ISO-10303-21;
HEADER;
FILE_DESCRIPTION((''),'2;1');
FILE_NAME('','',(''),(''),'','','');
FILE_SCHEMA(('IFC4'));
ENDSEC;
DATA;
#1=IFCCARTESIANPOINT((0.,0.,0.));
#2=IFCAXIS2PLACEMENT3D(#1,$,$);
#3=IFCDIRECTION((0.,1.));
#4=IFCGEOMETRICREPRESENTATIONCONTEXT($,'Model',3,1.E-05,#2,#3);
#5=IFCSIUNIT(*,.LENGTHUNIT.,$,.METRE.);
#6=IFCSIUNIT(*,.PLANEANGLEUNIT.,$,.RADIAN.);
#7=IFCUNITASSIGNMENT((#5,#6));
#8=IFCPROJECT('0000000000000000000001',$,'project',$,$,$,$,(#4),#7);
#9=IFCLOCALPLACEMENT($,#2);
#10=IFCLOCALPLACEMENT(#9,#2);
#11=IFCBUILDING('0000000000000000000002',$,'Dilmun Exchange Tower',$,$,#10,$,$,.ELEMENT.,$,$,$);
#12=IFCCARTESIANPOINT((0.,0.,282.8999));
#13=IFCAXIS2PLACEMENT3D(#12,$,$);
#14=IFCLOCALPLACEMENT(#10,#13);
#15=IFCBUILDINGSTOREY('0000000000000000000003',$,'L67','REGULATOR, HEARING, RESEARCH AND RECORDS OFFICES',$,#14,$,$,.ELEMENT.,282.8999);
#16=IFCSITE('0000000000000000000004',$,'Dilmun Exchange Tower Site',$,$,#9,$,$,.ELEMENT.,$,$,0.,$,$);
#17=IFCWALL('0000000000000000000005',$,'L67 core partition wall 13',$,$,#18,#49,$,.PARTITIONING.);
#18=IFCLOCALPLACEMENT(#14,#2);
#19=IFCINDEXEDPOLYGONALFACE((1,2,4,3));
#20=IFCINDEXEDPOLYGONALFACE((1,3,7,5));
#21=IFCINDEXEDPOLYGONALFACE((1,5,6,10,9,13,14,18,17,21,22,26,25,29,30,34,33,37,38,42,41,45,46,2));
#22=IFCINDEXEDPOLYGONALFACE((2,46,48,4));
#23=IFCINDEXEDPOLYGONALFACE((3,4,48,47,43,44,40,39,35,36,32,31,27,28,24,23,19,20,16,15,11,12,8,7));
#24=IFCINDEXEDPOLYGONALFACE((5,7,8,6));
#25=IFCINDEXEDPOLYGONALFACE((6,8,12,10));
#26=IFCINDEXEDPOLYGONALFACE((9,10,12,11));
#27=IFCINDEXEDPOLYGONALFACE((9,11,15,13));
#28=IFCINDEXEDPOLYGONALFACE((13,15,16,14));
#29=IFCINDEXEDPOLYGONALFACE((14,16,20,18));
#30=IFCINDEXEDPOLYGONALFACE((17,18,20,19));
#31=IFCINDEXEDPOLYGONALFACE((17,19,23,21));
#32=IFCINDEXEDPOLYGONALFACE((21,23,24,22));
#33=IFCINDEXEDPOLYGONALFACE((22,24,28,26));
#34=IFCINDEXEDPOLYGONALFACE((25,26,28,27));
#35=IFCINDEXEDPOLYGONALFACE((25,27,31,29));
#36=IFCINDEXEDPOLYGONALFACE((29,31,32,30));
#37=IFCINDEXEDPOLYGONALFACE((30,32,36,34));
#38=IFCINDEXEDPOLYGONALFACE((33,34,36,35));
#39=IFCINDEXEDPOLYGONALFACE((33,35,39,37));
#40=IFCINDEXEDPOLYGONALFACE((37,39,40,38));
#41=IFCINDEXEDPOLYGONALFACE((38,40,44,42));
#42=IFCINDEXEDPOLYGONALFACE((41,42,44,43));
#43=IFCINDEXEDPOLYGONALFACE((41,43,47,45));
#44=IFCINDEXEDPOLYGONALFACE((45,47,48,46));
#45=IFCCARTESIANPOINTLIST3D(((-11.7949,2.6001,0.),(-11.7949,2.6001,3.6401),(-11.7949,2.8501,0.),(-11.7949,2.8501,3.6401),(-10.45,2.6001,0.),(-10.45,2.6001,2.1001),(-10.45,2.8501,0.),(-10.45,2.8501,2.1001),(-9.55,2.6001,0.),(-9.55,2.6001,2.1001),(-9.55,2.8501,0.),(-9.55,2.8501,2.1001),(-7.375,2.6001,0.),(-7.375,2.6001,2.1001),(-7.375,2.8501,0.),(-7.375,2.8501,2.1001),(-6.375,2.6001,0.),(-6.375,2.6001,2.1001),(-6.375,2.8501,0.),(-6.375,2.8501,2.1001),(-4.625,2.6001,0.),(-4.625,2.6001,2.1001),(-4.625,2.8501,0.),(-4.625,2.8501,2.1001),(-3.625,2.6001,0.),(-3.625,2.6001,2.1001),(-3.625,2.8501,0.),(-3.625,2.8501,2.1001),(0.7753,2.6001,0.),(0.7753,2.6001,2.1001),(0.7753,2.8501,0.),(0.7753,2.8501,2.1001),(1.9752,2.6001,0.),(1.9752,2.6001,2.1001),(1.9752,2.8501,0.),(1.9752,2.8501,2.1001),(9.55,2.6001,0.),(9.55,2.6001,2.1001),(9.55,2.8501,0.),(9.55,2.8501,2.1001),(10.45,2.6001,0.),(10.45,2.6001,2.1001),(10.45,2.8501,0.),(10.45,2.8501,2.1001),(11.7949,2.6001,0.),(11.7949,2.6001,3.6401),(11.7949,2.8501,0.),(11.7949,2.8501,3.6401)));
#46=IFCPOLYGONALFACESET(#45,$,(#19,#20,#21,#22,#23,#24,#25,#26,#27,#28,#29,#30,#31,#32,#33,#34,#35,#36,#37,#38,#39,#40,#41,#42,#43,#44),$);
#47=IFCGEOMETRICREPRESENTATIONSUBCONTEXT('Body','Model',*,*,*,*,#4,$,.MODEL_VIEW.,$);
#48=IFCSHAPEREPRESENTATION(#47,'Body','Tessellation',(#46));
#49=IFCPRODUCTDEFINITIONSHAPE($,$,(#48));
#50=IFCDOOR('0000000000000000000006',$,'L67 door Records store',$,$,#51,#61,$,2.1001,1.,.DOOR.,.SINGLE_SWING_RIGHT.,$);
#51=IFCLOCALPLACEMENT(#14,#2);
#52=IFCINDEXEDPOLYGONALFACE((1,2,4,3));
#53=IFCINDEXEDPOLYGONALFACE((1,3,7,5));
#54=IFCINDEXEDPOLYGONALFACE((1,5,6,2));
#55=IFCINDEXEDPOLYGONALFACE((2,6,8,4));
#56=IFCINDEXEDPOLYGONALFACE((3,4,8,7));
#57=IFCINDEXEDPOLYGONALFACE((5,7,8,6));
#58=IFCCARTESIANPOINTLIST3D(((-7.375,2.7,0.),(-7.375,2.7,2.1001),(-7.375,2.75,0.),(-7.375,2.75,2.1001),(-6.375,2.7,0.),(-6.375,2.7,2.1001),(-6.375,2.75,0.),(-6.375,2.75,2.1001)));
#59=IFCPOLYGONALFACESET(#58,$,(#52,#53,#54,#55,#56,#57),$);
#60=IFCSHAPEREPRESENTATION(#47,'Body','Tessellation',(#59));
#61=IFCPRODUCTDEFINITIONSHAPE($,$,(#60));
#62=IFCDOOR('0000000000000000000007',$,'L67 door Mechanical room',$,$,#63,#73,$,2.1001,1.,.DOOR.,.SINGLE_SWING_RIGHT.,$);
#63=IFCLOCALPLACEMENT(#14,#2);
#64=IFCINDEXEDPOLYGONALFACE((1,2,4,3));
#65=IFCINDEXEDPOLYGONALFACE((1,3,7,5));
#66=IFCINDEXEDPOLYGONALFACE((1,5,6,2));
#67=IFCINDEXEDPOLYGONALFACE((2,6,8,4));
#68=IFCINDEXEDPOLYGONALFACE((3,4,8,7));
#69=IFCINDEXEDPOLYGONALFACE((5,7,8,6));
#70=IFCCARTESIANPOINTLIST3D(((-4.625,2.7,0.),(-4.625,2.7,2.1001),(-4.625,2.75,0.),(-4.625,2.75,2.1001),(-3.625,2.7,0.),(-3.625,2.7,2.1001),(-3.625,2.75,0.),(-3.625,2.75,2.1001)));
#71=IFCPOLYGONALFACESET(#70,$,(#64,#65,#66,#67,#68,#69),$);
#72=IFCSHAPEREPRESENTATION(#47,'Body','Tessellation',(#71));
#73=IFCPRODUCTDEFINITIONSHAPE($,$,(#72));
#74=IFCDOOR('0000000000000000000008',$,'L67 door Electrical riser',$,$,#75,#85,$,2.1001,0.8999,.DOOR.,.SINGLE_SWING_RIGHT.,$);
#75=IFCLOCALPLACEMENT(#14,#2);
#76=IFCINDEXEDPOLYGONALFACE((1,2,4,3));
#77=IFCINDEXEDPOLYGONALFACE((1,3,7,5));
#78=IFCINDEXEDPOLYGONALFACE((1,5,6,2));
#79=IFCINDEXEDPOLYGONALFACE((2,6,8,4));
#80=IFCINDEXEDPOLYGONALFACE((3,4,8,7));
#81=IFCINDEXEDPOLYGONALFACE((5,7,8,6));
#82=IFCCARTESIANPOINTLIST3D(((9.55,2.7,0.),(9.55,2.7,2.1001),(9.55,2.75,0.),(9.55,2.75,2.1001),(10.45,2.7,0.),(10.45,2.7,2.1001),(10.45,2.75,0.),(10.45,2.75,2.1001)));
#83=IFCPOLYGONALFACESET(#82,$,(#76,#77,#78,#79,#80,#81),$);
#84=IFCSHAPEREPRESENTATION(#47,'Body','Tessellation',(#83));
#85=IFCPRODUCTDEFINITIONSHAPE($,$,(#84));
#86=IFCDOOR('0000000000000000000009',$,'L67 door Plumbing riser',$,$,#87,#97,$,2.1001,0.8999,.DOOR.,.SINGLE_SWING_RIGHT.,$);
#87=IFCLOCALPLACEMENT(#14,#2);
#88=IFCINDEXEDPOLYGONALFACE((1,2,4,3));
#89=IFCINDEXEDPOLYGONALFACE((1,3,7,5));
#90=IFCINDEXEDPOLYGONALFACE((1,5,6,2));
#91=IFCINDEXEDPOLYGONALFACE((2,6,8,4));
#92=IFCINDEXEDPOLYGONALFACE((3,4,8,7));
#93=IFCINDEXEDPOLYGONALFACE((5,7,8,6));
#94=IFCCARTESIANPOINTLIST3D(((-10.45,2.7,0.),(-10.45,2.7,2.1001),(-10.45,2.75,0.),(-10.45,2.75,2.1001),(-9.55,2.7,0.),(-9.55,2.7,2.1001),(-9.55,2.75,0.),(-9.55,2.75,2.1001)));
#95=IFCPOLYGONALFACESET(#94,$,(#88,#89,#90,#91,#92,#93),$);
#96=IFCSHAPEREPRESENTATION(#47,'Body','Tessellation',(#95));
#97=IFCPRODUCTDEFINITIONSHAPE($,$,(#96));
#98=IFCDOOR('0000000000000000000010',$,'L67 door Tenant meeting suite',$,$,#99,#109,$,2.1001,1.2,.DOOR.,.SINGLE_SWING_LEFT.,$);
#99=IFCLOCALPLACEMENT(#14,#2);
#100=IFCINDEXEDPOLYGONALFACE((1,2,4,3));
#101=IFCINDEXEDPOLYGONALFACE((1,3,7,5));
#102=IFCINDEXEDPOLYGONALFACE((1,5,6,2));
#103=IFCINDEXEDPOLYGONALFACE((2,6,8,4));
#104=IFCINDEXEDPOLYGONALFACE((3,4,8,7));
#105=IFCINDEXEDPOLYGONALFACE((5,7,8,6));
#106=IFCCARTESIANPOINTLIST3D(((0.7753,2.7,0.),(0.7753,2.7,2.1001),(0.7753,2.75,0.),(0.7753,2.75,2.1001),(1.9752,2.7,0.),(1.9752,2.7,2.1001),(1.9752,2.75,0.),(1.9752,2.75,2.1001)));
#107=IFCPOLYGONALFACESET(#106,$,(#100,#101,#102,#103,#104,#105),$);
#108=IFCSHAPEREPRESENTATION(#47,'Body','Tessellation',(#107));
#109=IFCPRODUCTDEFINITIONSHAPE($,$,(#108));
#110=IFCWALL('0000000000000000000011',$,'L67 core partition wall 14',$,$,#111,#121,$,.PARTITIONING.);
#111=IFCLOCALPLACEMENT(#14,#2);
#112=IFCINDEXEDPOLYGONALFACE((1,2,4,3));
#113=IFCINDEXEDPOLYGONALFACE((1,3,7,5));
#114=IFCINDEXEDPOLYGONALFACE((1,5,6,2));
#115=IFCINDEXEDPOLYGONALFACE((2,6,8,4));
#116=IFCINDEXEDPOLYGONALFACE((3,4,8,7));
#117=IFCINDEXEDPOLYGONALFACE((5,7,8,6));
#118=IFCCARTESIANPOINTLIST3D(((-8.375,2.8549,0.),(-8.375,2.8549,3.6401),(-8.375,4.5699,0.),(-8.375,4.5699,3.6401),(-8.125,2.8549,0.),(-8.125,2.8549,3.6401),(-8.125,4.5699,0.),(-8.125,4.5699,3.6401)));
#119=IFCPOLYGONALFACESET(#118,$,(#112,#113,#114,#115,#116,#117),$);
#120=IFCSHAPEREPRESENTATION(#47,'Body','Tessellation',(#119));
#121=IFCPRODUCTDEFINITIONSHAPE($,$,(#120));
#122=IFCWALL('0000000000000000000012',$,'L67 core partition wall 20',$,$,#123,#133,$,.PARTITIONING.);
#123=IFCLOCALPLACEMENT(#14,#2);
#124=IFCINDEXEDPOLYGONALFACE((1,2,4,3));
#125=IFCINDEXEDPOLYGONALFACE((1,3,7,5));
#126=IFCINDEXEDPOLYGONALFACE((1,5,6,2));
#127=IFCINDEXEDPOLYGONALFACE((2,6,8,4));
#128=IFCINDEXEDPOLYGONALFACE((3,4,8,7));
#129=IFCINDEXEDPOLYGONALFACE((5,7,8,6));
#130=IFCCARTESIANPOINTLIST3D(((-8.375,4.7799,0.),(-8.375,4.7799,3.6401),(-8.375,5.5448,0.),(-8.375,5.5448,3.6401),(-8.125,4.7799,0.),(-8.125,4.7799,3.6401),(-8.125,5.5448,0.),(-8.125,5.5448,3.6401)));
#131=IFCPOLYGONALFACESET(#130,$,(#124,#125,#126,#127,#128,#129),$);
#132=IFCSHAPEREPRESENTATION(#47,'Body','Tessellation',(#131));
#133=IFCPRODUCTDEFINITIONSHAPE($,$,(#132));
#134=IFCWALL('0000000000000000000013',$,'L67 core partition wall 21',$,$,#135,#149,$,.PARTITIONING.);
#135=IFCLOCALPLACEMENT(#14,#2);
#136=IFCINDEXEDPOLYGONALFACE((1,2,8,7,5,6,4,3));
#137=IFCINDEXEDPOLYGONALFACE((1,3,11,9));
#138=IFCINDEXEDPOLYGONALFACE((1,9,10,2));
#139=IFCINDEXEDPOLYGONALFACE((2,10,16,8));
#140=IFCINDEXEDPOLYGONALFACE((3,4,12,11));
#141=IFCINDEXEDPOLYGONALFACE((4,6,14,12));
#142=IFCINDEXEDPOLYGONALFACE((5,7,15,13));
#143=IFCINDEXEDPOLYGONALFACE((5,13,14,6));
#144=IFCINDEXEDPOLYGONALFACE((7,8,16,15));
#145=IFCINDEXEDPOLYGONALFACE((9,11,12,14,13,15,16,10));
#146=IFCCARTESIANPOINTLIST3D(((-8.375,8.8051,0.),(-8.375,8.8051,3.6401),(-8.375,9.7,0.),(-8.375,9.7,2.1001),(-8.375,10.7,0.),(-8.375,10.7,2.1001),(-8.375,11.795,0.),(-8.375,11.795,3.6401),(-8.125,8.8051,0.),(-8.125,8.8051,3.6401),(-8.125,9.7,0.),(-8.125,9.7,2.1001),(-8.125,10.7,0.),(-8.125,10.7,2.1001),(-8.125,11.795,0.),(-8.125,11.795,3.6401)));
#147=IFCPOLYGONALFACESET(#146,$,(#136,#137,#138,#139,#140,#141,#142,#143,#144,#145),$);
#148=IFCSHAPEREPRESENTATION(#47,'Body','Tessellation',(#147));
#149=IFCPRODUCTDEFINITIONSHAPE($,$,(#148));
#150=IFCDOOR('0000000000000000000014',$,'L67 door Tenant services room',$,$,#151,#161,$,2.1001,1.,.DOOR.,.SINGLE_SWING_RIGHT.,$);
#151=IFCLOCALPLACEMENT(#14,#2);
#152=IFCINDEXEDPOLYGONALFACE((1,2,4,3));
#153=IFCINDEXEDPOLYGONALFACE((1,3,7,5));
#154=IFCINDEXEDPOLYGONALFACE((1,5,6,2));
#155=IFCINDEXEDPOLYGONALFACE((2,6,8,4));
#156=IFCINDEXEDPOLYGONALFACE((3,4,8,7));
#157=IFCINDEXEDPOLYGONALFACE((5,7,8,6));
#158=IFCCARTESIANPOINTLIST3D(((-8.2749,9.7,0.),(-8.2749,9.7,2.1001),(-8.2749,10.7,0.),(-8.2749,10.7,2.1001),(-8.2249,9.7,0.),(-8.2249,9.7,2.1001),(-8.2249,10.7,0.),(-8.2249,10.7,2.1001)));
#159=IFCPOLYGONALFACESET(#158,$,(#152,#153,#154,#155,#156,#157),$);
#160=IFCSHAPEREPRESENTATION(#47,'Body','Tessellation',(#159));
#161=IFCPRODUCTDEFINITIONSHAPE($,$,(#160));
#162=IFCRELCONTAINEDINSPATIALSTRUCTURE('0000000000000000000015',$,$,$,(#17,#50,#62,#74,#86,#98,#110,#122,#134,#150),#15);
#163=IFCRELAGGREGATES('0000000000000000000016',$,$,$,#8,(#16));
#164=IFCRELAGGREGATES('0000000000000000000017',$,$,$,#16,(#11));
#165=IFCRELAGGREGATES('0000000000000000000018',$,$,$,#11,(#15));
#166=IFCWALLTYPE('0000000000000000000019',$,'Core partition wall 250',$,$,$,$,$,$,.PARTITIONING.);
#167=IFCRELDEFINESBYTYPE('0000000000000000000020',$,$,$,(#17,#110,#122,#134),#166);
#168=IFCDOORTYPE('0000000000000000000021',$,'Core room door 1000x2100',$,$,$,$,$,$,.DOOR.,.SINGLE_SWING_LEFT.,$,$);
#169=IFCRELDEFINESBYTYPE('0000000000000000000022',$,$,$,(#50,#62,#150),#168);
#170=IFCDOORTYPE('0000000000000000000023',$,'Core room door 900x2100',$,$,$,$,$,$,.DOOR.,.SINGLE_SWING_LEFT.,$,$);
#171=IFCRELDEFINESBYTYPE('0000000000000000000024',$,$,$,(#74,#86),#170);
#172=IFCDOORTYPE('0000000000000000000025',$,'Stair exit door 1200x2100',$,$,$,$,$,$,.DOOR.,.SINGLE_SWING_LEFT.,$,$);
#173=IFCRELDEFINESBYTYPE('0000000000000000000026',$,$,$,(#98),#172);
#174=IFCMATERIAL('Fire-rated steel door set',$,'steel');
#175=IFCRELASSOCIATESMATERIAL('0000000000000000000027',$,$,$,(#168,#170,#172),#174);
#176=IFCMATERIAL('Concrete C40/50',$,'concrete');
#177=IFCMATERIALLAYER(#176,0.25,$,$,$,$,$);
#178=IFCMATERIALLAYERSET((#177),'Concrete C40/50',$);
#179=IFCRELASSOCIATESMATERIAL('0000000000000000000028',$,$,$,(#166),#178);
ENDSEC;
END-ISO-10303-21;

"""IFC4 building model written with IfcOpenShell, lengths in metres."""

from ifc_helpers import new_model, si_unit, direction, frame, frame_2d, origin, place, context, subcontext, project, spatial, rectangle, extrude, material, layer, layer_set, type_object, element, fill, save


model = new_model("IFC4")

# Units and contexts
model_context = context("Model", 3, precision=1e-05, world=origin(), true_north=direction((0.0, 1.0)))
body_context = subcontext(model_context, "Body", "Model", "MODEL_VIEW")
ifc_project = project(units=[si_unit("LENGTHUNIT", "METRE"), si_unit("PLANEANGLEUNIT", "RADIAN")], contexts=[model_context])

# Site, building, storey
site_placement = place(None, origin())
site = spatial("IfcSite", under=ifc_project, at=site_placement, Name="Dilmun Exchange Tower Site", CompositionType="ELEMENT", RefElevation=0.0)
building_placement = place(site_placement, origin())
building = spatial("IfcBuilding", under=site, at=building_placement, Name="Dilmun Exchange Tower", CompositionType="ELEMENT")
storey_placement = place(building_placement, frame((0.0, 0.0, 282.8999)))
storey = spatial("IfcBuildingStorey", under=building, at=storey_placement, Name="L67", Description="REGULATOR, HEARING, RESEARCH AND RECORDS OFFICES", CompositionType="ELEMENT", Elevation=282.8999)

# Shared definitions
ifc_material_1 = material(Name="Concrete C40/50", Category="concrete")

# Shared definitions
ifc_material_2 = material(Name="Fire-rated steel door set", Category="steel")
door_type_1 = type_object("IfcDoorType", Name="Core room door 1000x2100", OperationType="SINGLE_SWING_LEFT", PredefinedType="DOOR", material=ifc_material_2)

# Wall, openings, doors
ifc_layer_1 = layer(ifc_material_1, 0.25)
ifc_layer_set_1 = layer_set([ifc_layer_1], Name="Concrete C40/50")
wall_type_1 = type_object("IfcWallType", Name="Core partition wall 250", PredefinedType="PARTITIONING", material=ifc_layer_set_1)
wall_1_placement = place(storey_placement, frame((-11.7949, 2.7251, 0.0), z_axis=(0.0, 0.0, 1.0), x_axis=(1.0, 0.0, 0.0)))
wall_1 = element("IfcWall", 1, at=wall_1_placement, inside=storey, type_object=wall_type_1, Name="L67 core partition wall 13", PredefinedType="PARTITIONING", context=body_context, shape_type="SweptSolid", body=[
    extrude(rectangle(XDim=23.5898, YDim=0.25, at=frame_2d((11.7949, 0.0))), origin(), (0.0, 0.0, 1.0), 3.6401),
])
opening_1_placement = place(wall_1_placement, frame((21.345, 0.0, 0.0)))
opening_1 = element("IfcOpeningElement", 2, at=opening_1_placement, cuts=wall_1, PredefinedType="OPENING", context=body_context, shape_type="SweptSolid", body=[
    extrude(rectangle(XDim=0.8999, YDim=2.1001, at=frame_2d((0.45, 1.05))), frame((0.0, 0.135, 0.0), z_axis=(0.0, -1.0, 0.0), x_axis=(1.0, 0.0, 0.0)), (0.0, 0.0, 1.0), 0.27),
])
opening_2_placement = place(wall_1_placement, frame((1.345, 0.0, 0.0)))
opening_2 = element("IfcOpeningElement", 3, at=opening_2_placement, cuts=wall_1, PredefinedType="OPENING", context=body_context, shape_type="SweptSolid", body=[
    extrude(rectangle(XDim=0.8999, YDim=2.1001, at=frame_2d((0.45, 1.05))), frame((0.0, 0.135, 0.0), z_axis=(0.0, -1.0, 0.0), x_axis=(1.0, 0.0, 0.0)), (0.0, 0.0, 1.0), 0.27),
])
opening_3_placement = place(wall_1_placement, frame((4.4199, 0.0, 0.0)))
opening_3 = element("IfcOpeningElement", 4, at=opening_3_placement, cuts=wall_1, PredefinedType="OPENING", context=body_context, shape_type="SweptSolid", body=[
    extrude(rectangle(XDim=1.0, YDim=2.1001, at=frame_2d((0.5, 1.05))), frame((0.0, 0.135, 0.0), z_axis=(0.0, -1.0, 0.0), x_axis=(1.0, 0.0, 0.0)), (0.0, 0.0, 1.0), 0.27),
])
opening_4_placement = place(wall_1_placement, frame((7.1699, 0.0, 0.0)))
opening_4 = element("IfcOpeningElement", 5, at=opening_4_placement, cuts=wall_1, PredefinedType="OPENING", context=body_context, shape_type="SweptSolid", body=[
    extrude(rectangle(XDim=1.0, YDim=2.1001, at=frame_2d((0.5, 1.05))), frame((0.0, 0.135, 0.0), z_axis=(0.0, -1.0, 0.0), x_axis=(1.0, 0.0, 0.0)), (0.0, 0.0, 1.0), 0.27),
])
opening_5_placement = place(wall_1_placement, frame((12.5701, 0.0, 0.0)))
opening_5 = element("IfcOpeningElement", 6, at=opening_5_placement, cuts=wall_1, PredefinedType="OPENING", context=body_context, shape_type="SweptSolid", body=[
    extrude(rectangle(XDim=1.2, YDim=2.1001, at=frame_2d((0.6001, 1.05))), frame((0.0, 0.135, 0.0), z_axis=(0.0, -1.0, 0.0), x_axis=(1.0, 0.0, 0.0)), (0.0, 0.0, 1.0), 0.27),
])
door_1_placement = place(opening_3_placement, origin())
door_1 = element("IfcDoor", 7, at=door_1_placement, inside=storey, type_object=door_type_1, Name="L67 door Records store", OperationType="SINGLE_SWING_RIGHT", OverallHeight=2.1001, OverallWidth=1.0, PredefinedType="DOOR", context=body_context, shape_type="SweptSolid", body=[
    extrude(rectangle(XDim=1.0, YDim=2.1001, at=frame_2d((0.5, 1.05))), frame((0.0, 0.0249, 0.0), z_axis=(0.0, -1.0, 0.0), x_axis=(1.0, 0.0, 0.0)), (0.0, 0.0, 1.0), 0.05),
])
fill(opening_3, door_1)
door_2_placement = place(opening_4_placement, origin())
door_2 = element("IfcDoor", 8, at=door_2_placement, inside=storey, type_object=door_type_1, Name="L67 door Mechanical room", OperationType="SINGLE_SWING_RIGHT", OverallHeight=2.1001, OverallWidth=1.0, PredefinedType="DOOR", context=body_context, shape_type="SweptSolid", body=[
    extrude(rectangle(XDim=1.0, YDim=2.1001, at=frame_2d((0.5, 1.05))), frame((0.0, 0.0249, 0.0), z_axis=(0.0, -1.0, 0.0), x_axis=(1.0, 0.0, 0.0)), (0.0, 0.0, 1.0), 0.05),
])
fill(opening_4, door_2)
door_type_2 = type_object("IfcDoorType", Name="Core room door 900x2100", OperationType="SINGLE_SWING_LEFT", PredefinedType="DOOR", material=ifc_material_2)
door_3_placement = place(opening_1_placement, origin())
door_3 = element("IfcDoor", 9, at=door_3_placement, inside=storey, type_object=door_type_2, Name="L67 door Electrical riser", OperationType="SINGLE_SWING_RIGHT", OverallHeight=2.1001, OverallWidth=0.8999, PredefinedType="DOOR", context=body_context, shape_type="SweptSolid", body=[
    extrude(rectangle(XDim=0.8999, YDim=2.1001, at=frame_2d((0.45, 1.05))), frame((0.0, 0.0249, 0.0), z_axis=(0.0, -1.0, 0.0), x_axis=(1.0, 0.0, 0.0)), (0.0, 0.0, 1.0), 0.05),
])
fill(opening_1, door_3)
door_4_placement = place(opening_2_placement, origin())
door_4 = element("IfcDoor", 10, at=door_4_placement, inside=storey, type_object=door_type_2, Name="L67 door Plumbing riser", OperationType="SINGLE_SWING_RIGHT", OverallHeight=2.1001, OverallWidth=0.8999, PredefinedType="DOOR", context=body_context, shape_type="SweptSolid", body=[
    extrude(rectangle(XDim=0.8999, YDim=2.1001, at=frame_2d((0.45, 1.05))), frame((0.0, 0.0249, 0.0), z_axis=(0.0, -1.0, 0.0), x_axis=(1.0, 0.0, 0.0)), (0.0, 0.0, 1.0), 0.05),
])
fill(opening_2, door_4)
door_type_3 = type_object("IfcDoorType", Name="Stair exit door 1200x2100", OperationType="SINGLE_SWING_LEFT", PredefinedType="DOOR", material=ifc_material_2)
door_5_placement = place(opening_5_placement, origin())
door_5 = element("IfcDoor", 11, at=door_5_placement, inside=storey, type_object=door_type_3, Name="L67 door Tenant meeting suite", OperationType="SINGLE_SWING_LEFT", OverallHeight=2.1001, OverallWidth=1.2, PredefinedType="DOOR", context=body_context, shape_type="SweptSolid", body=[
    extrude(rectangle(XDim=1.2, YDim=2.1001, at=frame_2d((0.6001, 1.05))), frame((0.0, 0.0249, 0.0), z_axis=(0.0, -1.0, 0.0), x_axis=(1.0, 0.0, 0.0)), (0.0, 0.0, 1.0), 0.05),
])
fill(opening_5, door_5)

# Walls
wall_2_placement = place(storey_placement, frame((-8.25, 2.855, 0.0), z_axis=(0.0, 0.0, 1.0), x_axis=(0.0, 1.0, 0.0)))
element("IfcWall", 12, at=wall_2_placement, inside=storey, type_object=wall_type_1, Name="L67 core partition wall 14", PredefinedType="PARTITIONING", context=body_context, shape_type="SweptSolid", body=[
    extrude(rectangle(XDim=1.7151, YDim=0.25, at=frame_2d((0.8574, 0.0))), origin(), (0.0, 0.0, 1.0), 3.6401),
])
wall_3_placement = place(storey_placement, frame((-8.25, 4.78, 0.0), z_axis=(0.0, 0.0, 1.0), x_axis=(0.0, 1.0, 0.0)))
element("IfcWall", 13, at=wall_3_placement, inside=storey, type_object=wall_type_1, Name="L67 core partition wall 20", PredefinedType="PARTITIONING", context=body_context, shape_type="SweptSolid", body=[
    extrude(rectangle(XDim=0.7649, YDim=0.25, at=frame_2d((0.3823, 0.0))), origin(), (0.0, 0.0, 1.0), 3.6401),
])

# Wall, opening, door
wall_4_placement = place(storey_placement, frame((-8.25, 8.8049, 0.0), z_axis=(0.0, 0.0, 1.0), x_axis=(0.0, 1.0, 0.0)))
wall_4 = element("IfcWall", 14, at=wall_4_placement, inside=storey, type_object=wall_type_1, Name="L67 core partition wall 21", PredefinedType="PARTITIONING", context=body_context, shape_type="SweptSolid", body=[
    extrude(rectangle(XDim=2.99, YDim=0.25, at=frame_2d((1.4951, 0.0))), origin(), (0.0, 0.0, 1.0), 3.6401),
])
opening_6_placement = place(wall_4_placement, frame((0.895, 0.0, 0.0)))
opening_6 = element("IfcOpeningElement", 15, at=opening_6_placement, cuts=wall_4, PredefinedType="OPENING", context=body_context, shape_type="SweptSolid", body=[
    extrude(rectangle(XDim=1.0, YDim=2.1001, at=frame_2d((0.5, 1.05))), frame((0.0, 0.135, 0.0), z_axis=(0.0, -1.0, 0.0), x_axis=(1.0, 0.0, 0.0)), (0.0, 0.0, 1.0), 0.27),
])
door_6_placement = place(opening_6_placement, origin())
door_6 = element("IfcDoor", 16, at=door_6_placement, inside=storey, type_object=door_type_1, Name="L67 door Tenant services room", OperationType="SINGLE_SWING_RIGHT", OverallHeight=2.1001, OverallWidth=1.0, PredefinedType="DOOR", context=body_context, shape_type="SweptSolid", body=[
    extrude(rectangle(XDim=1.0, YDim=2.1001, at=frame_2d((0.5, 1.05))), frame((0.0, 0.0249, 0.0), z_axis=(0.0, -1.0, 0.0), x_axis=(1.0, 0.0, 0.0)), (0.0, 0.0, 1.0), 0.05),
])
fill(opening_6, door_6)

save(model, "model.ifc")
